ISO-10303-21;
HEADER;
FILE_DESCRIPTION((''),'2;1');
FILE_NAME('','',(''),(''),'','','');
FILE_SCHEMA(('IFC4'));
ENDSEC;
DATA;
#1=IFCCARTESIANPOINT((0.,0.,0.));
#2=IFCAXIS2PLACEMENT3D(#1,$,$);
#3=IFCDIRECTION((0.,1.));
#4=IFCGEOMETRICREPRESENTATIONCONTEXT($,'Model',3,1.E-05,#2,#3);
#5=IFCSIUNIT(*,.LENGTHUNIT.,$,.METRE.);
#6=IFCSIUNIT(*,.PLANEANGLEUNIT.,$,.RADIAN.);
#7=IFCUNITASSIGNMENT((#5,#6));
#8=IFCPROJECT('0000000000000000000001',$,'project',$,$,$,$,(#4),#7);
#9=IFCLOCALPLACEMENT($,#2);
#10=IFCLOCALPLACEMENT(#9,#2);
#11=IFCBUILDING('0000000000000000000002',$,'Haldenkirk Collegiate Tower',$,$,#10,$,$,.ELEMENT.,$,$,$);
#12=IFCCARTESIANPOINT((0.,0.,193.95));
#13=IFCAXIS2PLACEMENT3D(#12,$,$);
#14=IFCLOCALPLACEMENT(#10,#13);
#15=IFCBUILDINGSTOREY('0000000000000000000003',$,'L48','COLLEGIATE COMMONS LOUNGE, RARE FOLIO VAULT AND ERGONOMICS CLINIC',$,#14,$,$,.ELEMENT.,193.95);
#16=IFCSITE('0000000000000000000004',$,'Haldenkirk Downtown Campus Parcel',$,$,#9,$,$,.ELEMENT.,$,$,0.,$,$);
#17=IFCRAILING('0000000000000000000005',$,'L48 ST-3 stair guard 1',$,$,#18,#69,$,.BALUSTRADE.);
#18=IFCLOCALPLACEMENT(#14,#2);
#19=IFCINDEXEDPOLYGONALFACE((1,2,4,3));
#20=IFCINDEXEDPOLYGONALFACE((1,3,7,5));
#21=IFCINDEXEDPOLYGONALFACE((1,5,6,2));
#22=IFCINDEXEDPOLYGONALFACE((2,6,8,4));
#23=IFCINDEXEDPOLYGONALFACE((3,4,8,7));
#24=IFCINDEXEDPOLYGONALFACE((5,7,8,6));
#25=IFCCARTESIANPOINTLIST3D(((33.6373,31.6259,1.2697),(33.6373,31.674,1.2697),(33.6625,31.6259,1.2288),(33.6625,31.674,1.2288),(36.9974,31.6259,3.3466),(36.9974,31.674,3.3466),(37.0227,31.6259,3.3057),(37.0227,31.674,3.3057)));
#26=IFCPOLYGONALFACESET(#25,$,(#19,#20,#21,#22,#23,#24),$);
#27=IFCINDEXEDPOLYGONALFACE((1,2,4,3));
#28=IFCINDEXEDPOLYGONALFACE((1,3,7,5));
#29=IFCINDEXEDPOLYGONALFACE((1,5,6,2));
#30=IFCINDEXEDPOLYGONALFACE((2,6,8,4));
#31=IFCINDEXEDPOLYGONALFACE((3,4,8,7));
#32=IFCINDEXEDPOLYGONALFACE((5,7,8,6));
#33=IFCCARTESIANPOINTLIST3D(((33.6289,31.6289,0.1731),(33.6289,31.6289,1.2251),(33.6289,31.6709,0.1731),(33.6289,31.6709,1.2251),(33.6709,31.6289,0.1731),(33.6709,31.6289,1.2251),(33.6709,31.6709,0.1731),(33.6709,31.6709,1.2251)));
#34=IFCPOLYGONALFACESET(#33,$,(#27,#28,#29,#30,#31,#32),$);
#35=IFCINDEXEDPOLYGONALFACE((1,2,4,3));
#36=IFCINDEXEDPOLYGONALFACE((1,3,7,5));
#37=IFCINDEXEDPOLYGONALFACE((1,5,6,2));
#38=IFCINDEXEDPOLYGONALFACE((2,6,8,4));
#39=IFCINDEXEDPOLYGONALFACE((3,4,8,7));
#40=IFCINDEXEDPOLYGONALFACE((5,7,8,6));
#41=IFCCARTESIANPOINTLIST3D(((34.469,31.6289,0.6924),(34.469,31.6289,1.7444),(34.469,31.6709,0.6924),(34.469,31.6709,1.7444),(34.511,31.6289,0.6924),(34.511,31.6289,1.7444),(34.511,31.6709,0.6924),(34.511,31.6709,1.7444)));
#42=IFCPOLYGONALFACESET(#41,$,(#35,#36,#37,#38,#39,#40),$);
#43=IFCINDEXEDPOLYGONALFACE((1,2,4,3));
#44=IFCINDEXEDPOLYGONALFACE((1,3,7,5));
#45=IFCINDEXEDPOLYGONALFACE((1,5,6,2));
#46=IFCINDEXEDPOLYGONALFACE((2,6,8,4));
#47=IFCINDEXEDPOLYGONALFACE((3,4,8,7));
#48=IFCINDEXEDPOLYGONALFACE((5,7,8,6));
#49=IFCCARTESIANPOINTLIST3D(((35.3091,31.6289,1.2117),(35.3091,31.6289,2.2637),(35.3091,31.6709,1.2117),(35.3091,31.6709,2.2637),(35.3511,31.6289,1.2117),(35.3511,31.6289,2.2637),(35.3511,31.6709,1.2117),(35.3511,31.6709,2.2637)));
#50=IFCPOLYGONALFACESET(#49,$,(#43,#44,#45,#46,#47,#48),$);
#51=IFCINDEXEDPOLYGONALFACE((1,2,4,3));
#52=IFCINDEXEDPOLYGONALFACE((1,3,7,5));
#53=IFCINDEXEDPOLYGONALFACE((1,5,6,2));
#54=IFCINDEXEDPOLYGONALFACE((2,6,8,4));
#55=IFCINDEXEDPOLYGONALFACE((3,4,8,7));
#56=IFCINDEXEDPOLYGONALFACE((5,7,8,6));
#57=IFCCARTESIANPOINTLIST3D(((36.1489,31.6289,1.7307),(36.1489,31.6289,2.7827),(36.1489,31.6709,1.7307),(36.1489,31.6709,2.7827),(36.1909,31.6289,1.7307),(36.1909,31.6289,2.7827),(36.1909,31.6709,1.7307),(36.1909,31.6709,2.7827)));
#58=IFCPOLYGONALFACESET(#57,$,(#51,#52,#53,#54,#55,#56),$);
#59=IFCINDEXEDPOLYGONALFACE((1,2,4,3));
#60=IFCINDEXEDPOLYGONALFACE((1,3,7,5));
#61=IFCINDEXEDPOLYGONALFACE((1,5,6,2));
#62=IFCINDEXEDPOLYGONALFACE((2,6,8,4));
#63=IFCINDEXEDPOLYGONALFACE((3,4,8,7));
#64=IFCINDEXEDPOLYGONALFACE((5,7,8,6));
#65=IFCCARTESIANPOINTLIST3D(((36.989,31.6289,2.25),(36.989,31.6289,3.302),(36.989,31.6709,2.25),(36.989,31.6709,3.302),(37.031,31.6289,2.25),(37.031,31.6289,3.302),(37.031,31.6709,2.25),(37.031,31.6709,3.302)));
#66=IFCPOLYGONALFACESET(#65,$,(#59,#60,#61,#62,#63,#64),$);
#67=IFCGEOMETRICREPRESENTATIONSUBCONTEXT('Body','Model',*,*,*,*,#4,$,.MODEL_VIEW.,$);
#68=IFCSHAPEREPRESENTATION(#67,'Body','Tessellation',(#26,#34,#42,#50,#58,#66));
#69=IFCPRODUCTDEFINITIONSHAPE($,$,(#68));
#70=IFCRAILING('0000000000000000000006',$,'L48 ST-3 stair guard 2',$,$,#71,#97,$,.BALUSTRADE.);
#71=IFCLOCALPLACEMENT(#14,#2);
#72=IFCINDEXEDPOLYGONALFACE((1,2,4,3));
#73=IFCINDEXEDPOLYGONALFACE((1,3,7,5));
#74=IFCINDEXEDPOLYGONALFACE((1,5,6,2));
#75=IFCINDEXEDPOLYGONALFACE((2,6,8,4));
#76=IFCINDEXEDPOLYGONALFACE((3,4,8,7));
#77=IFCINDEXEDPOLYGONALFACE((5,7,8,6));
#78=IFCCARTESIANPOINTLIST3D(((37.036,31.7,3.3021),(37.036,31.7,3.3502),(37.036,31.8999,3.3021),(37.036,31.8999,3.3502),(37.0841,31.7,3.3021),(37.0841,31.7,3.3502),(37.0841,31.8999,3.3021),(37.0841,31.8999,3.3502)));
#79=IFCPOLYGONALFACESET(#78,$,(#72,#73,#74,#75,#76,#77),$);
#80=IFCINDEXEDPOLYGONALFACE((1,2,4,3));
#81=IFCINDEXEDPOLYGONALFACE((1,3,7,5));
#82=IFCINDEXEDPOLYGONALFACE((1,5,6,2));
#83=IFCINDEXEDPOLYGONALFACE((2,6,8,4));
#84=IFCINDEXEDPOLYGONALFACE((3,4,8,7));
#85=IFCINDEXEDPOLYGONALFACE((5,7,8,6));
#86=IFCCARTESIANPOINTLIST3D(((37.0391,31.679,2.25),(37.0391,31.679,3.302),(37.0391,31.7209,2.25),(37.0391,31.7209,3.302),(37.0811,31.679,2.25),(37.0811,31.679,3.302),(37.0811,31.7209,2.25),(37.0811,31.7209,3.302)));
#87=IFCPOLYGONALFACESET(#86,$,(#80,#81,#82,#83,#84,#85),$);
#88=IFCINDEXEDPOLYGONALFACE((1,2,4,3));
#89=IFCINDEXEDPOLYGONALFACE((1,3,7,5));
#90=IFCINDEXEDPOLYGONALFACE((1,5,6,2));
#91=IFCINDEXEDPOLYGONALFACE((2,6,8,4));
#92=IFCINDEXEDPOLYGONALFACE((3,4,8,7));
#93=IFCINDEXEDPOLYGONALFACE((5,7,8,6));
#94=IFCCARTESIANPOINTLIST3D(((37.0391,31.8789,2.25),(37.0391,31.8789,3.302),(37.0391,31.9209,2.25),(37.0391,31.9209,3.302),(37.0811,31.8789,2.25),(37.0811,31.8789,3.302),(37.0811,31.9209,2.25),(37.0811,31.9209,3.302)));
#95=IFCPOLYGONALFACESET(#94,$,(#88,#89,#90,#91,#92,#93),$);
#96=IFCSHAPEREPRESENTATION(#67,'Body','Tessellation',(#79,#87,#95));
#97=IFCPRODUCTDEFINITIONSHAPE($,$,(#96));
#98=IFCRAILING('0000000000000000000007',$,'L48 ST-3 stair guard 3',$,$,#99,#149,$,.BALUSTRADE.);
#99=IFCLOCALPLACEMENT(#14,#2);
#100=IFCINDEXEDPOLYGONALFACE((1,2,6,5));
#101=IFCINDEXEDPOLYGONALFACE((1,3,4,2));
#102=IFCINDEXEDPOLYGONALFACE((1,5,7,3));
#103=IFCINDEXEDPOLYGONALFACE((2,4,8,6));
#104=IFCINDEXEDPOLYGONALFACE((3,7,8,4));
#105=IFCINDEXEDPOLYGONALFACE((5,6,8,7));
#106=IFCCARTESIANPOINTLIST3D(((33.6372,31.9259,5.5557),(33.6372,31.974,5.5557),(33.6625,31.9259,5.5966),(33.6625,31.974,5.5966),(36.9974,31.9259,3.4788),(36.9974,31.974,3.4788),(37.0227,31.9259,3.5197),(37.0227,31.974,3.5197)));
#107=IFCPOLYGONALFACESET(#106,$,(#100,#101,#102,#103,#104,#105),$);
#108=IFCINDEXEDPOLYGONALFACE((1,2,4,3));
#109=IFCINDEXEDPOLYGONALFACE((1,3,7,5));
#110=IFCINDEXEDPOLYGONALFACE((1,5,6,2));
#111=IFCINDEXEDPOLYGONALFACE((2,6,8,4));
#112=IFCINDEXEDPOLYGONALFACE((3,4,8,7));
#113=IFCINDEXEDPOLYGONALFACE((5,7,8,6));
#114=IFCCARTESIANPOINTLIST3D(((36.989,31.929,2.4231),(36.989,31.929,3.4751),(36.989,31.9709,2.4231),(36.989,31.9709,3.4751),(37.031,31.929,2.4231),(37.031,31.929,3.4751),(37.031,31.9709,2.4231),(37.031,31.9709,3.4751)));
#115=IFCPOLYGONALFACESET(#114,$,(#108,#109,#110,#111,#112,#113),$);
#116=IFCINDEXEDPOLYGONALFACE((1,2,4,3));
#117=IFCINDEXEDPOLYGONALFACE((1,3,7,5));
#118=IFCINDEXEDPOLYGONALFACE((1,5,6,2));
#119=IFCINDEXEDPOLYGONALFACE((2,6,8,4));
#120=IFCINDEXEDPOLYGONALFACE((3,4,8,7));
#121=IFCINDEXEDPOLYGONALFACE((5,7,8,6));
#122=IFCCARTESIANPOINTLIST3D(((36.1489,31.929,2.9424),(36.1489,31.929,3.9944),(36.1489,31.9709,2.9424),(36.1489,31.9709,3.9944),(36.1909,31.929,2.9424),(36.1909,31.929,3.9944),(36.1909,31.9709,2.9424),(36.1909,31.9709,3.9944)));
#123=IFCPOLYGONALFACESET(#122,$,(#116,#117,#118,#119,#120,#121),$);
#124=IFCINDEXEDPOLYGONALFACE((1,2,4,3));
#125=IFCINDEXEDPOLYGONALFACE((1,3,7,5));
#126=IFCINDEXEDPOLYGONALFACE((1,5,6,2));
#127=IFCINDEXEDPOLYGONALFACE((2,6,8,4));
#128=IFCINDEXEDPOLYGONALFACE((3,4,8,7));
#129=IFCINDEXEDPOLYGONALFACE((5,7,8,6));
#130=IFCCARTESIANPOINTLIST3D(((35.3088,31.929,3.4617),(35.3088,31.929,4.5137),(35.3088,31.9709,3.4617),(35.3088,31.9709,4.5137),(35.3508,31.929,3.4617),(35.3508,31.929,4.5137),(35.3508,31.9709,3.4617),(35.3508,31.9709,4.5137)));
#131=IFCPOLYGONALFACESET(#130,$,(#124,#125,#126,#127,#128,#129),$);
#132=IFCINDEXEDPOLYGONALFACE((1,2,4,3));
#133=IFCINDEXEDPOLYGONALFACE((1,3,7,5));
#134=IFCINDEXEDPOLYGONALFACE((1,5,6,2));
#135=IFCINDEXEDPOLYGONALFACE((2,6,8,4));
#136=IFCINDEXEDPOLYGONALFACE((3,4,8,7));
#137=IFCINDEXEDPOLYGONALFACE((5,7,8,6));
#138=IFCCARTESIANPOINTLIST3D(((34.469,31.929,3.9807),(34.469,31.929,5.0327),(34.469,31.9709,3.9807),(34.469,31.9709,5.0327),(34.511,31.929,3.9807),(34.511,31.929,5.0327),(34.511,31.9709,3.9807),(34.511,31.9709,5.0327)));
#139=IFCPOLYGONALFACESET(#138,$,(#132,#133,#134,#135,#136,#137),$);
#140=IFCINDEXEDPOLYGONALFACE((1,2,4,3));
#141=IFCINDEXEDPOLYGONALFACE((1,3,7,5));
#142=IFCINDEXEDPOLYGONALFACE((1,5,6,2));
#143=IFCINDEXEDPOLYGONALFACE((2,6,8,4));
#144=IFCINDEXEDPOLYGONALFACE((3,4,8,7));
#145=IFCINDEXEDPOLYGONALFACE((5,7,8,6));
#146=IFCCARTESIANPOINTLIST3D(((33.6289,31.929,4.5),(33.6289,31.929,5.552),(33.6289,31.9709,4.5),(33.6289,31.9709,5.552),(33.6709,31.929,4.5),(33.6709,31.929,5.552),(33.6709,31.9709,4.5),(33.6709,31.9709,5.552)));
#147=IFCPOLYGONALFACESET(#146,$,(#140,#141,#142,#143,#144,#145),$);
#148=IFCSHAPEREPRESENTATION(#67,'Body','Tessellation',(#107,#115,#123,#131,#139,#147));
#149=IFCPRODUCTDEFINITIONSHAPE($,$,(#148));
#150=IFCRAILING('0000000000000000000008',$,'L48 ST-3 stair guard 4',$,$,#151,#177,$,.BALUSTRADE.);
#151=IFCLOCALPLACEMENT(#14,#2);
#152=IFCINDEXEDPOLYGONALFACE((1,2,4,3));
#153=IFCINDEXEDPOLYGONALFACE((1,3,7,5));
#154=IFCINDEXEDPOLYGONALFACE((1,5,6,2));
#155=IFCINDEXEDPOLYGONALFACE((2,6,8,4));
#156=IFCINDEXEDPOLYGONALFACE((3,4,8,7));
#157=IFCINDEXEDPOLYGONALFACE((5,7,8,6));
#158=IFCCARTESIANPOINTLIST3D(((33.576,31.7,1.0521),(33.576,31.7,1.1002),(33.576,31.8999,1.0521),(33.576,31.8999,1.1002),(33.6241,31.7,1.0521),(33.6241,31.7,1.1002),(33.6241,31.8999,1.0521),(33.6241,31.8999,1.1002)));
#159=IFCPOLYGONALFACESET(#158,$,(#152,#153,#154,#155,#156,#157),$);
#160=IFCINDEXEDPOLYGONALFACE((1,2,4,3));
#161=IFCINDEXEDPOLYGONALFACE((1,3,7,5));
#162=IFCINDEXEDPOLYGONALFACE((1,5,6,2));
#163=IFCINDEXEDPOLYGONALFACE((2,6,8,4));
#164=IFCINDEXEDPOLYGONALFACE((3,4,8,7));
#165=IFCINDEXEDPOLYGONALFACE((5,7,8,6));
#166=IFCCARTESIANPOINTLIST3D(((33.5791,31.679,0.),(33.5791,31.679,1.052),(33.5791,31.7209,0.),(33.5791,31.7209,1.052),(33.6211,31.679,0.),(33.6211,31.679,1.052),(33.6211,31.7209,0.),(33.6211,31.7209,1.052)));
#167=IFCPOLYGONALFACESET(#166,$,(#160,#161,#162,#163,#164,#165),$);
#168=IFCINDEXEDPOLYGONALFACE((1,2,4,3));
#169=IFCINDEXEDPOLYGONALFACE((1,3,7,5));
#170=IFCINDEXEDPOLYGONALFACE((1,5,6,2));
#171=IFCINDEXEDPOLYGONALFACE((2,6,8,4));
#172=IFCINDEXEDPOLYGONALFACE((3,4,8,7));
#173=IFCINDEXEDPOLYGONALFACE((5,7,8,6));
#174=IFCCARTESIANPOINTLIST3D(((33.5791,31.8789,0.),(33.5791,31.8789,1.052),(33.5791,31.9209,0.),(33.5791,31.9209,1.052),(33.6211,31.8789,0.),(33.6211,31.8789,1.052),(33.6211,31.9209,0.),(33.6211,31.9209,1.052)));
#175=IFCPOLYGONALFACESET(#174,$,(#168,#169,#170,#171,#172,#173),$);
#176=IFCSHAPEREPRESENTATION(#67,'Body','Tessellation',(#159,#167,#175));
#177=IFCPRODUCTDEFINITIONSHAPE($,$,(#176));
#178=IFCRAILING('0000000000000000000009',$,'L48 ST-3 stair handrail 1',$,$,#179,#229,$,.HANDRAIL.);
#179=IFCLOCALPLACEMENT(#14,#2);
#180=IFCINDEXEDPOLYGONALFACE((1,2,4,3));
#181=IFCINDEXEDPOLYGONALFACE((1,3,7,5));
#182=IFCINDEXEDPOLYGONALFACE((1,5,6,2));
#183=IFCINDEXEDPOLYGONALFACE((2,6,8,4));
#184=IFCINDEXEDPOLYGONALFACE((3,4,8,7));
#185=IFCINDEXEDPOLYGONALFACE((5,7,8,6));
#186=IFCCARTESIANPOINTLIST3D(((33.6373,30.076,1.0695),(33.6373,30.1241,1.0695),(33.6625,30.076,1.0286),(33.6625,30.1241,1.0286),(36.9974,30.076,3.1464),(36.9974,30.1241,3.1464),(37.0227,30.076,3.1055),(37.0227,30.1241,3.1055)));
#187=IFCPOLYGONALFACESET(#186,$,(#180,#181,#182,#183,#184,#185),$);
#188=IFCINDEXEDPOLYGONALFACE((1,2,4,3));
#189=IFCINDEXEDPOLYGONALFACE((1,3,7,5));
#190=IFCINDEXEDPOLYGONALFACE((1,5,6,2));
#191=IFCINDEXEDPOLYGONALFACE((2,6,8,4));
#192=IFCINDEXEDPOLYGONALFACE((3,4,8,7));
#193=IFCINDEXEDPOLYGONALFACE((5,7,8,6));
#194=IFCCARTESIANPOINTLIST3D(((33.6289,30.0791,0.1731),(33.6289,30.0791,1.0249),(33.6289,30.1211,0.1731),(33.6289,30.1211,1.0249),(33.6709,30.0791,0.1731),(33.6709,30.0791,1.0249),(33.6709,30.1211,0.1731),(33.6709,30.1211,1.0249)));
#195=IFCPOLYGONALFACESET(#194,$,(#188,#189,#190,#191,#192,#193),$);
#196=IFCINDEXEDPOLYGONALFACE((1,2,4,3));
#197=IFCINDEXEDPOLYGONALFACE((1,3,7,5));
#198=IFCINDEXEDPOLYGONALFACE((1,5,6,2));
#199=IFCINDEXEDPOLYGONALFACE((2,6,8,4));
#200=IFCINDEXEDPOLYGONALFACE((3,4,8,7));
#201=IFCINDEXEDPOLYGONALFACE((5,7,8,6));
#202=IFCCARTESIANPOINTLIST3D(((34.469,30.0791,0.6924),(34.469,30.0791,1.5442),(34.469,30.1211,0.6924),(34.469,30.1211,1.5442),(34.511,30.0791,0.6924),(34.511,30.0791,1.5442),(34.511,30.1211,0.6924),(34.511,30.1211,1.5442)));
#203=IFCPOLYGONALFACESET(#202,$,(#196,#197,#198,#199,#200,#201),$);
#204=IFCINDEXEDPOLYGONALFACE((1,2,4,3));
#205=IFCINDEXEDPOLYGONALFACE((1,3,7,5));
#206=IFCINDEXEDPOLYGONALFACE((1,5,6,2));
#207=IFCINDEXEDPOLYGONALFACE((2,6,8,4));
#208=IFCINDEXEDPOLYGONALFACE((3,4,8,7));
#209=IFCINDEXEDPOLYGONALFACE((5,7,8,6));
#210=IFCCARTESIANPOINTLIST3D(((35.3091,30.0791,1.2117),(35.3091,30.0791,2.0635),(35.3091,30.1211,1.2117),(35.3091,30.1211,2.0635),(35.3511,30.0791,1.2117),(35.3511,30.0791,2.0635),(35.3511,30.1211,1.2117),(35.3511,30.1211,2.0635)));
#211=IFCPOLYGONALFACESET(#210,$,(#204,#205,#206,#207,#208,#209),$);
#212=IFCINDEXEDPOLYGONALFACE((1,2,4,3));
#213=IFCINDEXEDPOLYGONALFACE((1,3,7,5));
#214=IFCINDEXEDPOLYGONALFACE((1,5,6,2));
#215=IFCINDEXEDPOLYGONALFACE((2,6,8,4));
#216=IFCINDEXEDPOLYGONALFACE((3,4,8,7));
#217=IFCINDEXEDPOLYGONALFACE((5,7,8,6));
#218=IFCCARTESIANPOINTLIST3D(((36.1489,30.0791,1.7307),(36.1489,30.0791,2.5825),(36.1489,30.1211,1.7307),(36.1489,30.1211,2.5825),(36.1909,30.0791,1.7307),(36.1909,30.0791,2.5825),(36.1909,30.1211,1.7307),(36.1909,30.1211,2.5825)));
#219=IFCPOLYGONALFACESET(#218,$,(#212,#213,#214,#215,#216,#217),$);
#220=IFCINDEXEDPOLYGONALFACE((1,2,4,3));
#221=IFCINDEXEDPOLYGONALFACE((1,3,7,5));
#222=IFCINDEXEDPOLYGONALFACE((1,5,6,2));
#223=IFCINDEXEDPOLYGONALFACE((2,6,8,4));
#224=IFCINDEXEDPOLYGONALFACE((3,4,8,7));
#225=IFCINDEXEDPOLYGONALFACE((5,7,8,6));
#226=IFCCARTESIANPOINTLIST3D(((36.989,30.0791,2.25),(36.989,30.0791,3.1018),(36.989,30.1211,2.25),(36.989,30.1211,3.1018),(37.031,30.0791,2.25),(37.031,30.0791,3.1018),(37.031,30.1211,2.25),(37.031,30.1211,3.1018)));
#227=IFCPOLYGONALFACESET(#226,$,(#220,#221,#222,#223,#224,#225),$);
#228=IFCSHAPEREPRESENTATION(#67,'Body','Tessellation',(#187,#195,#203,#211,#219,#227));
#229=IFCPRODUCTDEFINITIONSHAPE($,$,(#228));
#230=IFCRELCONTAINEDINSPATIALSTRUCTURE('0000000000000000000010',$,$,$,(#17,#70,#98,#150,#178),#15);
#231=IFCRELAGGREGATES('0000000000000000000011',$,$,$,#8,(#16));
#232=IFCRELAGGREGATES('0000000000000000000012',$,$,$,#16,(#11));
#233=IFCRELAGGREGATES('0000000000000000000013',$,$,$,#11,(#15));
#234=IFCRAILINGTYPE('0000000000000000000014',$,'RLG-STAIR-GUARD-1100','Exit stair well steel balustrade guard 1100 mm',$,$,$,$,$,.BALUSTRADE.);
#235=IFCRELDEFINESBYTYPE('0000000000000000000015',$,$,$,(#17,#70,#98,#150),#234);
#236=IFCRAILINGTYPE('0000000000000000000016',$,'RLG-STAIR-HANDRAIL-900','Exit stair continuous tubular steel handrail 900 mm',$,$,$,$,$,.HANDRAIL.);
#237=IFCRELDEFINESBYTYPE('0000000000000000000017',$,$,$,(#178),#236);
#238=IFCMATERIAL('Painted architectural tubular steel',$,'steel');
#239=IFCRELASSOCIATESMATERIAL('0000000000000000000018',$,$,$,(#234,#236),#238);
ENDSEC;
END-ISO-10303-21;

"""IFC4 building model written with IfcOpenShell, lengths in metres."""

from ifc_helpers import new_model, si_unit, direction, frame, origin, origin_2d, place, context, subcontext, project, spatial, rectangle, extrude, material, type_object, element, save


model = new_model("IFC4")

# Units and contexts
model_context = context("Model", 3, precision=1e-05, world=origin(), true_north=direction((0.0, 1.0)))
body_context = subcontext(model_context, "Body", "Model", "MODEL_VIEW")
ifc_project = project(units=[si_unit("LENGTHUNIT", "METRE"), si_unit("PLANEANGLEUNIT", "RADIAN")], contexts=[model_context])

# Site, building, storey
site_placement = place(None, origin())
site = spatial("IfcSite", under=ifc_project, at=site_placement, Name="Haldenkirk Downtown Campus Parcel", CompositionType="ELEMENT", RefElevation=0.0)
building_placement = place(site_placement, origin())
building = spatial("IfcBuilding", under=site, at=building_placement, Name="Haldenkirk Collegiate Tower", CompositionType="ELEMENT")
storey_placement = place(building_placement, frame((0.0, 0.0, 193.95)))
storey = spatial("IfcBuildingStorey", under=building, at=storey_placement, Name="L48", Description="COLLEGIATE COMMONS LOUNGE, RARE FOLIO VAULT AND ERGONOMICS CLINIC", CompositionType="ELEMENT", Elevation=193.95)

# Railings
ifc_material_1 = material(Name="Painted architectural tubular steel", Category="steel")
railing_type_1 = type_object("IfcRailingType", Name="RLG-STAIR-GUARD-1100", Description="Exit stair well steel balustrade guard 1100 mm", PredefinedType="BALUSTRADE", material=ifc_material_1)
railing_1_placement = place(storey_placement, frame((33.6499, 31.6499, 0.1731)))
element("IfcRailing", 1, at=railing_1_placement, inside=storey, type_object=railing_type_1, Name="L48 ST-3 stair guard 1", PredefinedType="BALUSTRADE", context=body_context, shape_type="SweptSolid", body=[
    extrude(rectangle(XDim=0.0481, YDim=0.0481, at=origin_2d()), frame((0.0, 0.0, 1.0762), z_axis=(0.850623, 0.0, 0.525776), x_axis=(0.0, 1.0, 0.0)), (0.0, 0.0, 1.0), 3.9502),
    extrude(rectangle(XDim=0.042, YDim=0.042, at=origin_2d()), origin(), (0.0, 0.0, 1.0), 1.052),
    extrude(rectangle(XDim=0.042, YDim=0.042, at=origin_2d()), frame((0.8401, 0.0, 0.5193)), (0.0, 0.0, 1.0), 1.052),
    extrude(rectangle(XDim=0.042, YDim=0.042, at=origin_2d()), frame((1.6802, 0.0, 1.0386)), (0.0, 0.0, 1.0), 1.052),
    extrude(rectangle(XDim=0.042, YDim=0.042, at=origin_2d()), frame((2.52, 0.0, 1.5576)), (0.0, 0.0, 1.0), 1.052),
    extrude(rectangle(XDim=0.042, YDim=0.042, at=origin_2d()), frame((3.3601, 0.0, 2.0769)), (0.0, 0.0, 1.0), 1.052),
])
railing_2_placement = place(storey_placement, frame((37.0601, 31.7, 2.25)))
element("IfcRailing", 2, at=railing_2_placement, inside=storey, type_object=railing_type_1, Name="L48 ST-3 stair guard 2", PredefinedType="BALUSTRADE", context=body_context, shape_type="SweptSolid", body=[
    extrude(rectangle(XDim=0.0481, YDim=0.0481, at=origin_2d()), frame((0.0, 0.0, 1.0762), z_axis=(0.0, 1.0, 0.0), x_axis=(-1.0, 0.0, 0.0)), (0.0, 0.0, 1.0), 0.2),
    extrude(rectangle(XDim=0.042, YDim=0.042, at=origin_2d()), origin(), (0.0, 0.0, 1.0), 1.052),
    extrude(rectangle(XDim=0.042, YDim=0.042, at=origin_2d()), frame((0.0, 0.2, 0.0)), (0.0, 0.0, 1.0), 1.052),
])
railing_3_placement = place(storey_placement, frame((37.01, 31.95, 2.4231)))
element("IfcRailing", 3, at=railing_3_placement, inside=storey, type_object=railing_type_1, Name="L48 ST-3 stair guard 3", PredefinedType="BALUSTRADE", context=body_context, shape_type="SweptSolid", body=[
    extrude(rectangle(XDim=0.0481, YDim=0.0481, at=origin_2d()), frame((0.0, 0.0, 1.0762), z_axis=(-0.850623, 0.0, 0.525776), x_axis=(0.0, -1.0, 0.0)), (0.0, 0.0, 1.0), 3.9502),
    extrude(rectangle(XDim=0.042, YDim=0.042, at=origin_2d()), origin(), (0.0, 0.0, 1.0), 1.052),
    extrude(rectangle(XDim=0.042, YDim=0.042, at=origin_2d()), frame((-0.8401, 0.0, 0.5193)), (0.0, 0.0, 1.0), 1.052),
    extrude(rectangle(XDim=0.042, YDim=0.042, at=origin_2d()), frame((-1.6802, 0.0, 1.0386)), (0.0, 0.0, 1.0), 1.052),
    extrude(rectangle(XDim=0.042, YDim=0.042, at=origin_2d()), frame((-2.52, 0.0, 1.5576)), (0.0, 0.0, 1.0), 1.052),
    extrude(rectangle(XDim=0.042, YDim=0.042, at=origin_2d()), frame((-3.3601, 0.0, 2.0769)), (0.0, 0.0, 1.0), 1.052),
])
railing_4_placement = place(storey_placement, frame((33.6001, 31.7, 0.0)))
element("IfcRailing", 4, at=railing_4_placement, inside=storey, type_object=railing_type_1, Name="L48 ST-3 stair guard 4", PredefinedType="BALUSTRADE", context=body_context, shape_type="SweptSolid", body=[
    extrude(rectangle(XDim=0.0481, YDim=0.0481, at=origin_2d()), frame((0.0, 0.0, 1.0762), z_axis=(0.0, 1.0, 0.0), x_axis=(-1.0, 0.0, 0.0)), (0.0, 0.0, 1.0), 0.2),
    extrude(rectangle(XDim=0.042, YDim=0.042, at=origin_2d()), origin(), (0.0, 0.0, 1.0), 1.052),
    extrude(rectangle(XDim=0.042, YDim=0.042, at=origin_2d()), frame((0.0, 0.2, 0.0)), (0.0, 0.0, 1.0), 1.052),
])
railing_type_2 = type_object("IfcRailingType", Name="RLG-STAIR-HANDRAIL-900", Description="Exit stair continuous tubular steel handrail 900 mm", PredefinedType="HANDRAIL", material=ifc_material_1)
railing_5_placement = place(storey_placement, frame((33.6499, 30.1001, 0.1731)))
element("IfcRailing", 5, at=railing_5_placement, inside=storey, type_object=railing_type_2, Name="L48 ST-3 stair handrail 1", PredefinedType="HANDRAIL", context=body_context, shape_type="SweptSolid", body=[
    extrude(rectangle(XDim=0.0481, YDim=0.0481, at=origin_2d()), frame((0.0, 0.0, 0.876), z_axis=(0.850623, 0.0, 0.525776), x_axis=(0.0, 1.0, 0.0)), (0.0, 0.0, 1.0), 3.9502),
    extrude(rectangle(XDim=0.042, YDim=0.042, at=origin_2d()), origin(), (0.0, 0.0, 1.0), 0.8518),
    extrude(rectangle(XDim=0.042, YDim=0.042, at=origin_2d()), frame((0.8401, 0.0, 0.5193)), (0.0, 0.0, 1.0), 0.8518),
    extrude(rectangle(XDim=0.042, YDim=0.042, at=origin_2d()), frame((1.6802, 0.0, 1.0386)), (0.0, 0.0, 1.0), 0.8518),
    extrude(rectangle(XDim=0.042, YDim=0.042, at=origin_2d()), frame((2.52, 0.0, 1.5576)), (0.0, 0.0, 1.0), 0.8518),
    extrude(rectangle(XDim=0.042, YDim=0.042, at=origin_2d()), frame((3.3601, 0.0, 2.0769)), (0.0, 0.0, 1.0), 0.8518),
])

save(model, "model.ifc")
